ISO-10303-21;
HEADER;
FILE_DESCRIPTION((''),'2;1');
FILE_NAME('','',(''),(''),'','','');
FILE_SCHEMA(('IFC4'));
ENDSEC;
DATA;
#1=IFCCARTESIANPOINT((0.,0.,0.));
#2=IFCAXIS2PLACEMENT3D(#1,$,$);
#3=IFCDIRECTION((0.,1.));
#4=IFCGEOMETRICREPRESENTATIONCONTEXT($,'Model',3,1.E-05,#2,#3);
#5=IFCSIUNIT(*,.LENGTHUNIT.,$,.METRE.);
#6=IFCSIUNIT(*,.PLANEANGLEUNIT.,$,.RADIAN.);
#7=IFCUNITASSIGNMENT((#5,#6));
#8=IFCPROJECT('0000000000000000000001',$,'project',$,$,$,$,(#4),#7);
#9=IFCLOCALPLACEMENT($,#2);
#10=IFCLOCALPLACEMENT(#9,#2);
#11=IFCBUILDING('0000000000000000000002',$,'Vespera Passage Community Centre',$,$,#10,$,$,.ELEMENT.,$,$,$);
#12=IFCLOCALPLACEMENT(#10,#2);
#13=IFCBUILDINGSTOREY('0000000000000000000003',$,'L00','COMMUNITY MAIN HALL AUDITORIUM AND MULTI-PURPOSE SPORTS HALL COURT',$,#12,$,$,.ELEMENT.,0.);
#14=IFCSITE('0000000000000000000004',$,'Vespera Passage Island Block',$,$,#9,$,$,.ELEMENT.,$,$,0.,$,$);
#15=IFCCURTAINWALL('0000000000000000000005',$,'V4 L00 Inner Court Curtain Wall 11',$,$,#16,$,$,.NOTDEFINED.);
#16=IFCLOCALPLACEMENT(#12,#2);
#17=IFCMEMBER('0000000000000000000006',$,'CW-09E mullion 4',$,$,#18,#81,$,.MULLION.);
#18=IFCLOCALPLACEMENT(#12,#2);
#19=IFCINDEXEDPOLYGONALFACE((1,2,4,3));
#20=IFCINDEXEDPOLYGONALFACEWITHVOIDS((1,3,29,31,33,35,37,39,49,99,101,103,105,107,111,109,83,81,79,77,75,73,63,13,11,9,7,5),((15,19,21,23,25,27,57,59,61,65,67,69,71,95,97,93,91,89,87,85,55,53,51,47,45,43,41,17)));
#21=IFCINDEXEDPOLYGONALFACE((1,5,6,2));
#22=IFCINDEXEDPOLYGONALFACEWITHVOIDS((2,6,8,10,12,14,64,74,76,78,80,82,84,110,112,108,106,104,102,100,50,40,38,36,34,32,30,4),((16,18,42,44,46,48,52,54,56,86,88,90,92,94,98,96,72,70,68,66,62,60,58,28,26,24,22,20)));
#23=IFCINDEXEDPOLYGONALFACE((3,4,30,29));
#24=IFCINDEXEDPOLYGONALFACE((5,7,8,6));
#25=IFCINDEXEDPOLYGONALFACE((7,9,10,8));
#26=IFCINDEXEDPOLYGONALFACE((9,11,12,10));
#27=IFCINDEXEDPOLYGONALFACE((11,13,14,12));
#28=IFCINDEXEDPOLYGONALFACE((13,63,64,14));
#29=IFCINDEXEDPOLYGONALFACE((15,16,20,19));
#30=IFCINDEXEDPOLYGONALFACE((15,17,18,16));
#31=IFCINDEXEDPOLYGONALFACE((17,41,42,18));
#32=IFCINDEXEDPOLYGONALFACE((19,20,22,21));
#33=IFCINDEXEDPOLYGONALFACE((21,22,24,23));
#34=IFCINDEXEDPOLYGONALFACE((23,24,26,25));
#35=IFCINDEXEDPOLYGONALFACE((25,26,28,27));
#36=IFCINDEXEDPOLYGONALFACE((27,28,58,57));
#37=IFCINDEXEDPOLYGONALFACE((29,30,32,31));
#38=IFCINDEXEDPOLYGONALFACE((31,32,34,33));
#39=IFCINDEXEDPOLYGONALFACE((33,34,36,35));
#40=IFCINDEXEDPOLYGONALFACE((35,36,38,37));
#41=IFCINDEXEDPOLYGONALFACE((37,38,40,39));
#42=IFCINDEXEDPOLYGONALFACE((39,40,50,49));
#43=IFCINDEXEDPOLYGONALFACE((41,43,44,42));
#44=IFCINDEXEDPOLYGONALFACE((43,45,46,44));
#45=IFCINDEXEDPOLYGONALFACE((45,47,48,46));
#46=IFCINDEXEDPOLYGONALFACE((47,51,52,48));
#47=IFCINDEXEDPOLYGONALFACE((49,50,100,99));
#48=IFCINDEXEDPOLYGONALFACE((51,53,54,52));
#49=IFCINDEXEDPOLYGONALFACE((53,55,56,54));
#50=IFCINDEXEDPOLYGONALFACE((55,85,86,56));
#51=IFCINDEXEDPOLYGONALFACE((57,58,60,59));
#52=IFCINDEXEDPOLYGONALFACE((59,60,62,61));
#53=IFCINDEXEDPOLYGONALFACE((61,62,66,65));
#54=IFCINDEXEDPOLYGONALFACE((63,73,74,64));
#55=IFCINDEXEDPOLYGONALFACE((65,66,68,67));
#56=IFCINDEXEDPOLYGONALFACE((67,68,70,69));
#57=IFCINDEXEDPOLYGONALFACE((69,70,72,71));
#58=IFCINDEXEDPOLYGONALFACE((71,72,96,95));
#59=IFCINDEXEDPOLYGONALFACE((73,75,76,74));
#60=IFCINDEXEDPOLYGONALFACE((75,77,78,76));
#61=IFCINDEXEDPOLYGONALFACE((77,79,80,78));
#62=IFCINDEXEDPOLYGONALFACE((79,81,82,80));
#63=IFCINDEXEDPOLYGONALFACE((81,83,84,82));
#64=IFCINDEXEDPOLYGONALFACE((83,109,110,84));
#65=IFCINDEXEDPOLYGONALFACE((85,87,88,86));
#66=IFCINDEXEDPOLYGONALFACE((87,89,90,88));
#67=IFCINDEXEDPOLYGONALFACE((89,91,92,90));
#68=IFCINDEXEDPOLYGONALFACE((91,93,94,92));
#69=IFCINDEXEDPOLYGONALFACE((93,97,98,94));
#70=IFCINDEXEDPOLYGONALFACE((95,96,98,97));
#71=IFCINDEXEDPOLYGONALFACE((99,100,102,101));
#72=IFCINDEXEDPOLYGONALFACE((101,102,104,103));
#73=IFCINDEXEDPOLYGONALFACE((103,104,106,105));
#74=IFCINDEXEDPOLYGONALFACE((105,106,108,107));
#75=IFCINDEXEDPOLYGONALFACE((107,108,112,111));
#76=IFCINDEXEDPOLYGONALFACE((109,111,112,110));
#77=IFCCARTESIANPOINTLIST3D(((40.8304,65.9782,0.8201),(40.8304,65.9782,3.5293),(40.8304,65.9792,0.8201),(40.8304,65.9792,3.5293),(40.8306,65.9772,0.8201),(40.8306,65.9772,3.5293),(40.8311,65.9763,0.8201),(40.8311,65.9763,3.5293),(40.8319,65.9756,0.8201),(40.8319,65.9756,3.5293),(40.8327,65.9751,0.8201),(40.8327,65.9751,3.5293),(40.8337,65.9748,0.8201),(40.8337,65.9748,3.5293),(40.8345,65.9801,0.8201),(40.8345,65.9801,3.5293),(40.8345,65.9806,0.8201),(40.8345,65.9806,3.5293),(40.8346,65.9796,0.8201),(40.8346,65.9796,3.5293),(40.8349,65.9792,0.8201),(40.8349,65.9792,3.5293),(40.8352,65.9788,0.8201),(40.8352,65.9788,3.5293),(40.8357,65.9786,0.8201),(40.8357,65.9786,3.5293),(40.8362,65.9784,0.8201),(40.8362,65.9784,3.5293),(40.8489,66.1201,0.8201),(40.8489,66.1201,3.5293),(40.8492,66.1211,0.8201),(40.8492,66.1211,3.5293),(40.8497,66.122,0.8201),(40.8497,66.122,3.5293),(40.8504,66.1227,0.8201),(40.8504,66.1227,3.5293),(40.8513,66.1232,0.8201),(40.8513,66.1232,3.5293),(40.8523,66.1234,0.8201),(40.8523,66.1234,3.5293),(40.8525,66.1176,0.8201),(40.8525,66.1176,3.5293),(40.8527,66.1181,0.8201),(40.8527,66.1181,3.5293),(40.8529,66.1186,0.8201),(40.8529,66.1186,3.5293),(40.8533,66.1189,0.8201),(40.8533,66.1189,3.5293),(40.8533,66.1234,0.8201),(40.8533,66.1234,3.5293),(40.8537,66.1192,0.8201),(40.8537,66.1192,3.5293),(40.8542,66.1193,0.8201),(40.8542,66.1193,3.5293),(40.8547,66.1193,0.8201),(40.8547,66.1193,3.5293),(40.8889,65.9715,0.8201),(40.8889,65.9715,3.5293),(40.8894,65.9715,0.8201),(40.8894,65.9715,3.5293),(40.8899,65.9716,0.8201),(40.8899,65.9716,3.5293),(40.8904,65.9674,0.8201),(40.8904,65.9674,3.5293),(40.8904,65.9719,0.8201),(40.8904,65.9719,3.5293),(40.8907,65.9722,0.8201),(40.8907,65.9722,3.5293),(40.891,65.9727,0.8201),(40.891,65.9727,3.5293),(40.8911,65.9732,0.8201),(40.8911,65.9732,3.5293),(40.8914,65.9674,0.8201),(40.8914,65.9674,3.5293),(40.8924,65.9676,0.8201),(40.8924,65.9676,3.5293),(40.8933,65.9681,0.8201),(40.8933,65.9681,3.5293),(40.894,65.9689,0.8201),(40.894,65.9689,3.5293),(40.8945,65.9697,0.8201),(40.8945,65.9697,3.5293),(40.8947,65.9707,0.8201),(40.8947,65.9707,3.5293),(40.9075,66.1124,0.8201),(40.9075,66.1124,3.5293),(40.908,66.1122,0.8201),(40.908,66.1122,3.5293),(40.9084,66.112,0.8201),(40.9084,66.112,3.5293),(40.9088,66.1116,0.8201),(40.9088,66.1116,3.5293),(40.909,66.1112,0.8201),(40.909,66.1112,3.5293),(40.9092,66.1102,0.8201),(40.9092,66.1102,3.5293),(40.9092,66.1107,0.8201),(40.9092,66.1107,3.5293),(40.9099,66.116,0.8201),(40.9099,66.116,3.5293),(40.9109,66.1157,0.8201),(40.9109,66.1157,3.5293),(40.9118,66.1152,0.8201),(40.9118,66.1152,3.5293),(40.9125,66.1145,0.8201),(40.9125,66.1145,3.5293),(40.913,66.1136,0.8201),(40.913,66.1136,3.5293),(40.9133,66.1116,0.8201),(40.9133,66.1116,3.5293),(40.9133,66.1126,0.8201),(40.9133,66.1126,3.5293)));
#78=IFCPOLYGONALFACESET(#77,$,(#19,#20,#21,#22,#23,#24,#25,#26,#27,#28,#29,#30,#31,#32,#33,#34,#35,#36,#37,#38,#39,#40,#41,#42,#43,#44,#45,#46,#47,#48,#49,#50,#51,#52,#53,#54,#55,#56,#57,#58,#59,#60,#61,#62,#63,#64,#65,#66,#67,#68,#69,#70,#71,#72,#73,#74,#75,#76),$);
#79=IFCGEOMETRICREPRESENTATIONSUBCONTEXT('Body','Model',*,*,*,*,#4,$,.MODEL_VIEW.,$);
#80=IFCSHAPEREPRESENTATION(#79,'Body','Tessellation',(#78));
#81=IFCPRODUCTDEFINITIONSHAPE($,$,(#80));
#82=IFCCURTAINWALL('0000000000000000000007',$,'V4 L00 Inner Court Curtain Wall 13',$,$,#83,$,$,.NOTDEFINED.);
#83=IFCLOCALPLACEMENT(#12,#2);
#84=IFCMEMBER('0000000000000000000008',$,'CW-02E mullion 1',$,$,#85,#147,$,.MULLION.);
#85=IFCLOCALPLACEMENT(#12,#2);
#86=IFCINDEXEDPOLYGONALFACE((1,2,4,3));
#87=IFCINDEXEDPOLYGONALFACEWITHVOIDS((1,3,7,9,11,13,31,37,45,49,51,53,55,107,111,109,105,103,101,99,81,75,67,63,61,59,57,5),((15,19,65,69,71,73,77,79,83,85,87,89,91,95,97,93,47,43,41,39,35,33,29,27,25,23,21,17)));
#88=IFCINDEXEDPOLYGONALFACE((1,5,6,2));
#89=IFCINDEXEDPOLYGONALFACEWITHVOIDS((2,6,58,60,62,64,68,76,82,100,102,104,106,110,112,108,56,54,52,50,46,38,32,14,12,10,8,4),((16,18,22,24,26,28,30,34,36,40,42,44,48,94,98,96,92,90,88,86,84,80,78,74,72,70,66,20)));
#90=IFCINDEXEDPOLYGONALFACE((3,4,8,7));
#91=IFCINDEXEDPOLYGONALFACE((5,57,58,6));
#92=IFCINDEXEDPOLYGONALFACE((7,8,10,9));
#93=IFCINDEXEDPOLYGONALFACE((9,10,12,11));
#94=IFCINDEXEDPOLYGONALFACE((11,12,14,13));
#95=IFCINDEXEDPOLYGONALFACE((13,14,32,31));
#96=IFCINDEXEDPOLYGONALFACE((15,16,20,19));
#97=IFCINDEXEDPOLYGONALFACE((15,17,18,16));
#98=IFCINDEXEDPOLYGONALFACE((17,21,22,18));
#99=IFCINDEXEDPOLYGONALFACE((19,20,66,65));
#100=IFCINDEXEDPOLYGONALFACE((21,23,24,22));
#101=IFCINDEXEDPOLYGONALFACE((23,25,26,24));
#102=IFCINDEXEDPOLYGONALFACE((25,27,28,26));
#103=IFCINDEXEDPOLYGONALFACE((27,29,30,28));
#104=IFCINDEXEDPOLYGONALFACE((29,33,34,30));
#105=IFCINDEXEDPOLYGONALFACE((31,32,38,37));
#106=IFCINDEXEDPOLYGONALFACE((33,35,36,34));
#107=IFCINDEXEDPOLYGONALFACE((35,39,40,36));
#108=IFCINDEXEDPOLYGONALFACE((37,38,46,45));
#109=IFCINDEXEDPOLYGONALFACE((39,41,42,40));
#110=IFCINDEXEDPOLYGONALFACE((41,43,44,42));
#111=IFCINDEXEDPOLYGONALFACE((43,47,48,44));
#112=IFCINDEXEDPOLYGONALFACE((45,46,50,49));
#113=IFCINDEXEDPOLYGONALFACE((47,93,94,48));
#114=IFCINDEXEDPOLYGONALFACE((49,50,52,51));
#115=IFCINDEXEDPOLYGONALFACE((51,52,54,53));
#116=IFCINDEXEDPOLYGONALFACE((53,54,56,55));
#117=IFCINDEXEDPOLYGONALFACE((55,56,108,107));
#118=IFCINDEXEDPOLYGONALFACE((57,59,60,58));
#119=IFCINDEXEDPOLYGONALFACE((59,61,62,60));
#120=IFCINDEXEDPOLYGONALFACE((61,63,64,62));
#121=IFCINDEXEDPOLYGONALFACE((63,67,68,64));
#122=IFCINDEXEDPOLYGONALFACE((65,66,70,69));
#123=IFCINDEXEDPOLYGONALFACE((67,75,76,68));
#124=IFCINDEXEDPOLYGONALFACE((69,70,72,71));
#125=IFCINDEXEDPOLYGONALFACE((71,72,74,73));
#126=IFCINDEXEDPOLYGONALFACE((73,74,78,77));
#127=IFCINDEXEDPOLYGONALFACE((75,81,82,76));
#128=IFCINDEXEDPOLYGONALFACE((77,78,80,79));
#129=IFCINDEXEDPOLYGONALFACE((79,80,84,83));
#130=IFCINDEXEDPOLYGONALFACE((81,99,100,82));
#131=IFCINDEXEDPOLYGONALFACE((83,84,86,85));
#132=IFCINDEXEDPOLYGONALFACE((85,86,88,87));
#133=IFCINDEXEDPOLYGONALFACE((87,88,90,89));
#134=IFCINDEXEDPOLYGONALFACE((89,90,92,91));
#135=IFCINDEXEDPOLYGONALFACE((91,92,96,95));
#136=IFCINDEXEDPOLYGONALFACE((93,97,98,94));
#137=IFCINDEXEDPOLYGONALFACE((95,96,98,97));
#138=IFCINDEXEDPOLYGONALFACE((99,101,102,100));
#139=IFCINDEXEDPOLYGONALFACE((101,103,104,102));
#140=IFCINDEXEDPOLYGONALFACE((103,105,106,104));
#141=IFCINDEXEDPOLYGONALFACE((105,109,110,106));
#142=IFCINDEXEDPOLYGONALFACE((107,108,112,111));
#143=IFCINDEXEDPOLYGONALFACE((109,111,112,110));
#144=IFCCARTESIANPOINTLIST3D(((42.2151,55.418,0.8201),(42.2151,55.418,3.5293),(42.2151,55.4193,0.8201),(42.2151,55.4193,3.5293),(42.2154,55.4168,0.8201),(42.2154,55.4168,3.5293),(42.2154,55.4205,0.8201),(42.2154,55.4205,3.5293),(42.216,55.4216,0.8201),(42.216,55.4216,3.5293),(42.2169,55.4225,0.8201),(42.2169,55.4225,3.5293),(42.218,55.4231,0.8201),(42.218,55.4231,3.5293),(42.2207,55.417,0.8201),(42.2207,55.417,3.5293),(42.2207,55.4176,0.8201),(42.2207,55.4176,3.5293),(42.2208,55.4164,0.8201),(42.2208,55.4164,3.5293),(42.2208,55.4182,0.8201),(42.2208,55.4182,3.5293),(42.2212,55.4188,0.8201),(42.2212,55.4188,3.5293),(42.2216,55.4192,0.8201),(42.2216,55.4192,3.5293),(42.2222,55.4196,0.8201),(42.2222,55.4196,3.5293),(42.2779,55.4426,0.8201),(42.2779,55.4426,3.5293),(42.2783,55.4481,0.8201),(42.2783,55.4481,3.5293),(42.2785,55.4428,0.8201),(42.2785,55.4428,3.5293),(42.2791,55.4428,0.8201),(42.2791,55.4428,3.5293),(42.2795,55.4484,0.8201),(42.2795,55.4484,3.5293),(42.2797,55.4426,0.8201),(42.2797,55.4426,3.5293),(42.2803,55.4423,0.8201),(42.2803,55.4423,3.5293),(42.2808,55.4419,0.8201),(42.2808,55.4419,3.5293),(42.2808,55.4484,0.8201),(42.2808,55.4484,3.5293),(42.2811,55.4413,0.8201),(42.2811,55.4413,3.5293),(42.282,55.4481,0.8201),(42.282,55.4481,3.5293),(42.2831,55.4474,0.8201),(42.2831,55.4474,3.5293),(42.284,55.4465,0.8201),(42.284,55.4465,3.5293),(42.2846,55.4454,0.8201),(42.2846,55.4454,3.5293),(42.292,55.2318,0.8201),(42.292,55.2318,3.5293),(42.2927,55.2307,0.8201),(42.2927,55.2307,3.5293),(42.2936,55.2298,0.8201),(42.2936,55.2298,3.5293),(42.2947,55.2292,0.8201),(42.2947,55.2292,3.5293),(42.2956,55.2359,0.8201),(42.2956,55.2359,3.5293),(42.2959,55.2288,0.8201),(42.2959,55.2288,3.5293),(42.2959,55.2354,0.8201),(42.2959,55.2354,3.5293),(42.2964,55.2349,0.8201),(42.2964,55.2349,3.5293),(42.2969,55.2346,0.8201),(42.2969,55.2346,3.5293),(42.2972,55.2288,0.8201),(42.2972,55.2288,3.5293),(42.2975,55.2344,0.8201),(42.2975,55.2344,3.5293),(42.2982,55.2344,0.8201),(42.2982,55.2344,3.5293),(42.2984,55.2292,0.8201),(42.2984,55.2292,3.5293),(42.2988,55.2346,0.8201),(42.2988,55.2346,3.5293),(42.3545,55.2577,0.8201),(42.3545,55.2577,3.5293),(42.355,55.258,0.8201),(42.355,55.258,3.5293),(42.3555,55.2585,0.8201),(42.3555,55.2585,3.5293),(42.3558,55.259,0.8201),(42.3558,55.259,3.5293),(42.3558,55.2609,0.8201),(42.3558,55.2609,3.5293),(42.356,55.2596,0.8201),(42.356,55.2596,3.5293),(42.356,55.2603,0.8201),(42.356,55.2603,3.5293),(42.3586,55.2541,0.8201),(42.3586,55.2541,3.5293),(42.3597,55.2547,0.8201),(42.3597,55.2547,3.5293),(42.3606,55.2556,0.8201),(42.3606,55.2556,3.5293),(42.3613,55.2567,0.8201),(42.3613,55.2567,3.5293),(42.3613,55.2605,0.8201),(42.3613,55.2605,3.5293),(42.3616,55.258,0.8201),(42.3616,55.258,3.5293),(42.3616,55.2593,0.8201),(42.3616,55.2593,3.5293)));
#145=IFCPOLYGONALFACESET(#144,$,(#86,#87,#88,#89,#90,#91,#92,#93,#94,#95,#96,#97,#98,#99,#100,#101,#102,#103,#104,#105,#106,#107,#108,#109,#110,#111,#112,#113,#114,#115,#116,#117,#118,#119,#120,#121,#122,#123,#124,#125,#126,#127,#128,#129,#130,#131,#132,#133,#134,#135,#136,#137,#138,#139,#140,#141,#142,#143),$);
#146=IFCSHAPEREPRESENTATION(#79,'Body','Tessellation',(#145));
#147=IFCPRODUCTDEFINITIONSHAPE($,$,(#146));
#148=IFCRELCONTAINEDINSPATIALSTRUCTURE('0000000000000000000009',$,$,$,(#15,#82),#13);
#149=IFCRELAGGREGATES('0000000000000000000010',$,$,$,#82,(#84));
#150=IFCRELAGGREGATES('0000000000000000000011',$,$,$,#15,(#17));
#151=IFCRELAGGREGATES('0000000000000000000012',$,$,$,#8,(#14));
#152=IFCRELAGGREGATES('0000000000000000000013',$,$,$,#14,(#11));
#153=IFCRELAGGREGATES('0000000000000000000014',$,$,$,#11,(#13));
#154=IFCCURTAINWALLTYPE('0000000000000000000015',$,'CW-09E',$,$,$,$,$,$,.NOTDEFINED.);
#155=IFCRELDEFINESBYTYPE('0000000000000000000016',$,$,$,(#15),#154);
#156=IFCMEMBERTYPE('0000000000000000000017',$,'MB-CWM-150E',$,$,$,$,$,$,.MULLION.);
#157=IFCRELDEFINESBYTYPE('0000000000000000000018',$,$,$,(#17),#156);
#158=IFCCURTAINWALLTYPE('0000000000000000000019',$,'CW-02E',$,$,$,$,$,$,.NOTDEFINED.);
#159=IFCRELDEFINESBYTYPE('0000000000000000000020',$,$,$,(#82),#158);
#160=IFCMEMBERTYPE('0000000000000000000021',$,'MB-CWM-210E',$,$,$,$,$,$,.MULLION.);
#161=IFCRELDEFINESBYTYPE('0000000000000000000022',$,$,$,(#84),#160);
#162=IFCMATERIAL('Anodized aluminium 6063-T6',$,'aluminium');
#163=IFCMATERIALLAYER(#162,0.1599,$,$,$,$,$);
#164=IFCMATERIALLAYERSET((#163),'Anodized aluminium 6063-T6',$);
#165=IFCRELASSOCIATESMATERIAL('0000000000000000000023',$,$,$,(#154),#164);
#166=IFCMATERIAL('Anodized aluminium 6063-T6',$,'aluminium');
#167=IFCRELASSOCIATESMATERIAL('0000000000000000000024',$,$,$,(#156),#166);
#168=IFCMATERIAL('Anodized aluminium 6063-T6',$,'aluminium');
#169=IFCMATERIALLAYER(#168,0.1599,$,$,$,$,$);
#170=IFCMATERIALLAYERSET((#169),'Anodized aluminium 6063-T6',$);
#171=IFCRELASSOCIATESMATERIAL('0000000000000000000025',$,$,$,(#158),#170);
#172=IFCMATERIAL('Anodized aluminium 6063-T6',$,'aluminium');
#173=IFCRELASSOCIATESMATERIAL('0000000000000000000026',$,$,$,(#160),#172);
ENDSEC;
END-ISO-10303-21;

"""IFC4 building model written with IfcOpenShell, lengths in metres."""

from ifc_helpers import new_model, si_unit, direction, frame, origin, origin_2d, place, context, subcontext, project, spatial, hollow_rectangle, extrude, material, layer, layer_set, material_profile, profile_set, type_object, element, aggregate, save


model = new_model("IFC4")

# Units and contexts
model_context = context("Model", 3, precision=1e-05, world=origin(), true_north=direction((0.0, 1.0)))
body_context = subcontext(model_context, "Body", "Model", "MODEL_VIEW")
ifc_project = project(units=[si_unit("LENGTHUNIT", "METRE"), si_unit("PLANEANGLEUNIT", "RADIAN")], contexts=[model_context])

# Site, building, storey
site_placement = place(None, origin())
site = spatial("IfcSite", under=ifc_project, at=site_placement, Name="Vespera Passage Island Block", CompositionType="ELEMENT", RefElevation=0.0)
building_placement = place(site_placement, origin())
building = spatial("IfcBuilding", under=site, at=building_placement, Name="Vespera Passage Community Centre", CompositionType="ELEMENT")
storey_placement = place(building_placement, origin())
storey = spatial("IfcBuildingStorey", under=building, at=storey_placement, Name="L00", Description="COMMUNITY MAIN HALL AUDITORIUM AND MULTI-PURPOSE SPORTS HALL COURT", CompositionType="ELEMENT", Elevation=0.0)

# Curtain walls, members
ifc_material_1 = material(Name="Anodized aluminium 6063-T6", Category="aluminium")
ifc_layer_1 = layer(ifc_material_1, 0.1599)
ifc_layer_set_1 = layer_set([ifc_layer_1], Name="Anodized aluminium 6063-T6")
curtain_wall_type_1 = type_object("IfcCurtainWallType", Name="CW-09E", PredefinedType="NOTDEFINED", material=ifc_layer_set_1)
curtain_wall_1_placement = place(storey_placement, origin())
curtain_wall_1 = element("IfcCurtainWall", 1, at=curtain_wall_1_placement, inside=storey, type_object=curtain_wall_type_1, Name="V4 L00 Inner Court Curtain Wall 11", PredefinedType="NOTDEFINED")
ifc_material_2 = material(Name="Anodized aluminium 6063-T6", Category="aluminium")
ifc_material_profile_1 = material_profile(ifc_material_2, hollow_rectangle(XDim=0.0649, YDim=0.1499, WallThickness=0.0039, InnerFilletRadius=0.002, OuterFilletRadius=0.0039, at=origin_2d()), Name="ALU150X65X4")
ifc_profile_set_1 = profile_set([ifc_material_profile_1], Name="Anodized aluminium 6063-T6")
member_type_1 = type_object("IfcMemberType", Name="MB-CWM-150E", PredefinedType="MULLION", material=ifc_profile_set_1)
member_1_placement = place(storey_placement, frame((40.8718, 66.0454, 0.8201), z_axis=(0.0, 0.0, 1.0), x_axis=(0.991445, -0.130522, 0.0)))
member_1 = element("IfcMember", 2, at=member_1_placement, type_object=member_type_1, Name="CW-09E mullion 4", PredefinedType="MULLION", context=body_context, shape_type="SweptSolid", body=[
    extrude(hollow_rectangle(XDim=0.0649, YDim=0.1499, WallThickness=0.0039, InnerFilletRadius=0.002, OuterFilletRadius=0.0039, at=origin_2d()), origin(), (0.0, 0.0, 1.0), 2.7092),
])
ifc_material_3 = material(Name="Anodized aluminium 6063-T6", Category="aluminium")
ifc_layer_2 = layer(ifc_material_3, 0.1599)
ifc_layer_set_2 = layer_set([ifc_layer_2], Name="Anodized aluminium 6063-T6")
curtain_wall_type_2 = type_object("IfcCurtainWallType", Name="CW-02E", PredefinedType="NOTDEFINED", material=ifc_layer_set_2)
curtain_wall_2_placement = place(storey_placement, origin())
curtain_wall_2 = element("IfcCurtainWall", 3, at=curtain_wall_2_placement, inside=storey, type_object=curtain_wall_type_2, Name="V4 L00 Inner Court Curtain Wall 13", PredefinedType="NOTDEFINED")
ifc_material_4 = material(Name="Anodized aluminium 6063-T6", Category="aluminium")
ifc_material_profile_2 = material_profile(ifc_material_4, hollow_rectangle(XDim=0.075, YDim=0.21, WallThickness=0.0049, InnerFilletRadius=0.0024, OuterFilletRadius=0.0049, at=origin_2d()), Name="ALU210X75X5")
ifc_profile_set_2 = profile_set([ifc_material_profile_2], Name="Anodized aluminium 6063-T6")
member_type_2 = type_object("IfcMemberType", Name="MB-CWM-210E", PredefinedType="MULLION", material=ifc_profile_set_2)
member_2_placement = place(storey_placement, frame((42.2883, 55.3386, 0.8201), z_axis=(0.0, 0.0, 1.0), x_axis=(0.923877, 0.38269, 0.0)))
member_2 = element("IfcMember", 4, at=member_2_placement, type_object=member_type_2, Name="CW-02E mullion 1", PredefinedType="MULLION", context=body_context, shape_type="SweptSolid", body=[
    extrude(hollow_rectangle(XDim=0.075, YDim=0.21, WallThickness=0.0049, InnerFilletRadius=0.0024, OuterFilletRadius=0.0049, at=origin_2d()), origin(), (0.0, 0.0, 1.0), 2.7092),
])

aggregate(curtain_wall_2, [member_2])
aggregate(curtain_wall_1, [member_1])

save(model, "model.ifc")
